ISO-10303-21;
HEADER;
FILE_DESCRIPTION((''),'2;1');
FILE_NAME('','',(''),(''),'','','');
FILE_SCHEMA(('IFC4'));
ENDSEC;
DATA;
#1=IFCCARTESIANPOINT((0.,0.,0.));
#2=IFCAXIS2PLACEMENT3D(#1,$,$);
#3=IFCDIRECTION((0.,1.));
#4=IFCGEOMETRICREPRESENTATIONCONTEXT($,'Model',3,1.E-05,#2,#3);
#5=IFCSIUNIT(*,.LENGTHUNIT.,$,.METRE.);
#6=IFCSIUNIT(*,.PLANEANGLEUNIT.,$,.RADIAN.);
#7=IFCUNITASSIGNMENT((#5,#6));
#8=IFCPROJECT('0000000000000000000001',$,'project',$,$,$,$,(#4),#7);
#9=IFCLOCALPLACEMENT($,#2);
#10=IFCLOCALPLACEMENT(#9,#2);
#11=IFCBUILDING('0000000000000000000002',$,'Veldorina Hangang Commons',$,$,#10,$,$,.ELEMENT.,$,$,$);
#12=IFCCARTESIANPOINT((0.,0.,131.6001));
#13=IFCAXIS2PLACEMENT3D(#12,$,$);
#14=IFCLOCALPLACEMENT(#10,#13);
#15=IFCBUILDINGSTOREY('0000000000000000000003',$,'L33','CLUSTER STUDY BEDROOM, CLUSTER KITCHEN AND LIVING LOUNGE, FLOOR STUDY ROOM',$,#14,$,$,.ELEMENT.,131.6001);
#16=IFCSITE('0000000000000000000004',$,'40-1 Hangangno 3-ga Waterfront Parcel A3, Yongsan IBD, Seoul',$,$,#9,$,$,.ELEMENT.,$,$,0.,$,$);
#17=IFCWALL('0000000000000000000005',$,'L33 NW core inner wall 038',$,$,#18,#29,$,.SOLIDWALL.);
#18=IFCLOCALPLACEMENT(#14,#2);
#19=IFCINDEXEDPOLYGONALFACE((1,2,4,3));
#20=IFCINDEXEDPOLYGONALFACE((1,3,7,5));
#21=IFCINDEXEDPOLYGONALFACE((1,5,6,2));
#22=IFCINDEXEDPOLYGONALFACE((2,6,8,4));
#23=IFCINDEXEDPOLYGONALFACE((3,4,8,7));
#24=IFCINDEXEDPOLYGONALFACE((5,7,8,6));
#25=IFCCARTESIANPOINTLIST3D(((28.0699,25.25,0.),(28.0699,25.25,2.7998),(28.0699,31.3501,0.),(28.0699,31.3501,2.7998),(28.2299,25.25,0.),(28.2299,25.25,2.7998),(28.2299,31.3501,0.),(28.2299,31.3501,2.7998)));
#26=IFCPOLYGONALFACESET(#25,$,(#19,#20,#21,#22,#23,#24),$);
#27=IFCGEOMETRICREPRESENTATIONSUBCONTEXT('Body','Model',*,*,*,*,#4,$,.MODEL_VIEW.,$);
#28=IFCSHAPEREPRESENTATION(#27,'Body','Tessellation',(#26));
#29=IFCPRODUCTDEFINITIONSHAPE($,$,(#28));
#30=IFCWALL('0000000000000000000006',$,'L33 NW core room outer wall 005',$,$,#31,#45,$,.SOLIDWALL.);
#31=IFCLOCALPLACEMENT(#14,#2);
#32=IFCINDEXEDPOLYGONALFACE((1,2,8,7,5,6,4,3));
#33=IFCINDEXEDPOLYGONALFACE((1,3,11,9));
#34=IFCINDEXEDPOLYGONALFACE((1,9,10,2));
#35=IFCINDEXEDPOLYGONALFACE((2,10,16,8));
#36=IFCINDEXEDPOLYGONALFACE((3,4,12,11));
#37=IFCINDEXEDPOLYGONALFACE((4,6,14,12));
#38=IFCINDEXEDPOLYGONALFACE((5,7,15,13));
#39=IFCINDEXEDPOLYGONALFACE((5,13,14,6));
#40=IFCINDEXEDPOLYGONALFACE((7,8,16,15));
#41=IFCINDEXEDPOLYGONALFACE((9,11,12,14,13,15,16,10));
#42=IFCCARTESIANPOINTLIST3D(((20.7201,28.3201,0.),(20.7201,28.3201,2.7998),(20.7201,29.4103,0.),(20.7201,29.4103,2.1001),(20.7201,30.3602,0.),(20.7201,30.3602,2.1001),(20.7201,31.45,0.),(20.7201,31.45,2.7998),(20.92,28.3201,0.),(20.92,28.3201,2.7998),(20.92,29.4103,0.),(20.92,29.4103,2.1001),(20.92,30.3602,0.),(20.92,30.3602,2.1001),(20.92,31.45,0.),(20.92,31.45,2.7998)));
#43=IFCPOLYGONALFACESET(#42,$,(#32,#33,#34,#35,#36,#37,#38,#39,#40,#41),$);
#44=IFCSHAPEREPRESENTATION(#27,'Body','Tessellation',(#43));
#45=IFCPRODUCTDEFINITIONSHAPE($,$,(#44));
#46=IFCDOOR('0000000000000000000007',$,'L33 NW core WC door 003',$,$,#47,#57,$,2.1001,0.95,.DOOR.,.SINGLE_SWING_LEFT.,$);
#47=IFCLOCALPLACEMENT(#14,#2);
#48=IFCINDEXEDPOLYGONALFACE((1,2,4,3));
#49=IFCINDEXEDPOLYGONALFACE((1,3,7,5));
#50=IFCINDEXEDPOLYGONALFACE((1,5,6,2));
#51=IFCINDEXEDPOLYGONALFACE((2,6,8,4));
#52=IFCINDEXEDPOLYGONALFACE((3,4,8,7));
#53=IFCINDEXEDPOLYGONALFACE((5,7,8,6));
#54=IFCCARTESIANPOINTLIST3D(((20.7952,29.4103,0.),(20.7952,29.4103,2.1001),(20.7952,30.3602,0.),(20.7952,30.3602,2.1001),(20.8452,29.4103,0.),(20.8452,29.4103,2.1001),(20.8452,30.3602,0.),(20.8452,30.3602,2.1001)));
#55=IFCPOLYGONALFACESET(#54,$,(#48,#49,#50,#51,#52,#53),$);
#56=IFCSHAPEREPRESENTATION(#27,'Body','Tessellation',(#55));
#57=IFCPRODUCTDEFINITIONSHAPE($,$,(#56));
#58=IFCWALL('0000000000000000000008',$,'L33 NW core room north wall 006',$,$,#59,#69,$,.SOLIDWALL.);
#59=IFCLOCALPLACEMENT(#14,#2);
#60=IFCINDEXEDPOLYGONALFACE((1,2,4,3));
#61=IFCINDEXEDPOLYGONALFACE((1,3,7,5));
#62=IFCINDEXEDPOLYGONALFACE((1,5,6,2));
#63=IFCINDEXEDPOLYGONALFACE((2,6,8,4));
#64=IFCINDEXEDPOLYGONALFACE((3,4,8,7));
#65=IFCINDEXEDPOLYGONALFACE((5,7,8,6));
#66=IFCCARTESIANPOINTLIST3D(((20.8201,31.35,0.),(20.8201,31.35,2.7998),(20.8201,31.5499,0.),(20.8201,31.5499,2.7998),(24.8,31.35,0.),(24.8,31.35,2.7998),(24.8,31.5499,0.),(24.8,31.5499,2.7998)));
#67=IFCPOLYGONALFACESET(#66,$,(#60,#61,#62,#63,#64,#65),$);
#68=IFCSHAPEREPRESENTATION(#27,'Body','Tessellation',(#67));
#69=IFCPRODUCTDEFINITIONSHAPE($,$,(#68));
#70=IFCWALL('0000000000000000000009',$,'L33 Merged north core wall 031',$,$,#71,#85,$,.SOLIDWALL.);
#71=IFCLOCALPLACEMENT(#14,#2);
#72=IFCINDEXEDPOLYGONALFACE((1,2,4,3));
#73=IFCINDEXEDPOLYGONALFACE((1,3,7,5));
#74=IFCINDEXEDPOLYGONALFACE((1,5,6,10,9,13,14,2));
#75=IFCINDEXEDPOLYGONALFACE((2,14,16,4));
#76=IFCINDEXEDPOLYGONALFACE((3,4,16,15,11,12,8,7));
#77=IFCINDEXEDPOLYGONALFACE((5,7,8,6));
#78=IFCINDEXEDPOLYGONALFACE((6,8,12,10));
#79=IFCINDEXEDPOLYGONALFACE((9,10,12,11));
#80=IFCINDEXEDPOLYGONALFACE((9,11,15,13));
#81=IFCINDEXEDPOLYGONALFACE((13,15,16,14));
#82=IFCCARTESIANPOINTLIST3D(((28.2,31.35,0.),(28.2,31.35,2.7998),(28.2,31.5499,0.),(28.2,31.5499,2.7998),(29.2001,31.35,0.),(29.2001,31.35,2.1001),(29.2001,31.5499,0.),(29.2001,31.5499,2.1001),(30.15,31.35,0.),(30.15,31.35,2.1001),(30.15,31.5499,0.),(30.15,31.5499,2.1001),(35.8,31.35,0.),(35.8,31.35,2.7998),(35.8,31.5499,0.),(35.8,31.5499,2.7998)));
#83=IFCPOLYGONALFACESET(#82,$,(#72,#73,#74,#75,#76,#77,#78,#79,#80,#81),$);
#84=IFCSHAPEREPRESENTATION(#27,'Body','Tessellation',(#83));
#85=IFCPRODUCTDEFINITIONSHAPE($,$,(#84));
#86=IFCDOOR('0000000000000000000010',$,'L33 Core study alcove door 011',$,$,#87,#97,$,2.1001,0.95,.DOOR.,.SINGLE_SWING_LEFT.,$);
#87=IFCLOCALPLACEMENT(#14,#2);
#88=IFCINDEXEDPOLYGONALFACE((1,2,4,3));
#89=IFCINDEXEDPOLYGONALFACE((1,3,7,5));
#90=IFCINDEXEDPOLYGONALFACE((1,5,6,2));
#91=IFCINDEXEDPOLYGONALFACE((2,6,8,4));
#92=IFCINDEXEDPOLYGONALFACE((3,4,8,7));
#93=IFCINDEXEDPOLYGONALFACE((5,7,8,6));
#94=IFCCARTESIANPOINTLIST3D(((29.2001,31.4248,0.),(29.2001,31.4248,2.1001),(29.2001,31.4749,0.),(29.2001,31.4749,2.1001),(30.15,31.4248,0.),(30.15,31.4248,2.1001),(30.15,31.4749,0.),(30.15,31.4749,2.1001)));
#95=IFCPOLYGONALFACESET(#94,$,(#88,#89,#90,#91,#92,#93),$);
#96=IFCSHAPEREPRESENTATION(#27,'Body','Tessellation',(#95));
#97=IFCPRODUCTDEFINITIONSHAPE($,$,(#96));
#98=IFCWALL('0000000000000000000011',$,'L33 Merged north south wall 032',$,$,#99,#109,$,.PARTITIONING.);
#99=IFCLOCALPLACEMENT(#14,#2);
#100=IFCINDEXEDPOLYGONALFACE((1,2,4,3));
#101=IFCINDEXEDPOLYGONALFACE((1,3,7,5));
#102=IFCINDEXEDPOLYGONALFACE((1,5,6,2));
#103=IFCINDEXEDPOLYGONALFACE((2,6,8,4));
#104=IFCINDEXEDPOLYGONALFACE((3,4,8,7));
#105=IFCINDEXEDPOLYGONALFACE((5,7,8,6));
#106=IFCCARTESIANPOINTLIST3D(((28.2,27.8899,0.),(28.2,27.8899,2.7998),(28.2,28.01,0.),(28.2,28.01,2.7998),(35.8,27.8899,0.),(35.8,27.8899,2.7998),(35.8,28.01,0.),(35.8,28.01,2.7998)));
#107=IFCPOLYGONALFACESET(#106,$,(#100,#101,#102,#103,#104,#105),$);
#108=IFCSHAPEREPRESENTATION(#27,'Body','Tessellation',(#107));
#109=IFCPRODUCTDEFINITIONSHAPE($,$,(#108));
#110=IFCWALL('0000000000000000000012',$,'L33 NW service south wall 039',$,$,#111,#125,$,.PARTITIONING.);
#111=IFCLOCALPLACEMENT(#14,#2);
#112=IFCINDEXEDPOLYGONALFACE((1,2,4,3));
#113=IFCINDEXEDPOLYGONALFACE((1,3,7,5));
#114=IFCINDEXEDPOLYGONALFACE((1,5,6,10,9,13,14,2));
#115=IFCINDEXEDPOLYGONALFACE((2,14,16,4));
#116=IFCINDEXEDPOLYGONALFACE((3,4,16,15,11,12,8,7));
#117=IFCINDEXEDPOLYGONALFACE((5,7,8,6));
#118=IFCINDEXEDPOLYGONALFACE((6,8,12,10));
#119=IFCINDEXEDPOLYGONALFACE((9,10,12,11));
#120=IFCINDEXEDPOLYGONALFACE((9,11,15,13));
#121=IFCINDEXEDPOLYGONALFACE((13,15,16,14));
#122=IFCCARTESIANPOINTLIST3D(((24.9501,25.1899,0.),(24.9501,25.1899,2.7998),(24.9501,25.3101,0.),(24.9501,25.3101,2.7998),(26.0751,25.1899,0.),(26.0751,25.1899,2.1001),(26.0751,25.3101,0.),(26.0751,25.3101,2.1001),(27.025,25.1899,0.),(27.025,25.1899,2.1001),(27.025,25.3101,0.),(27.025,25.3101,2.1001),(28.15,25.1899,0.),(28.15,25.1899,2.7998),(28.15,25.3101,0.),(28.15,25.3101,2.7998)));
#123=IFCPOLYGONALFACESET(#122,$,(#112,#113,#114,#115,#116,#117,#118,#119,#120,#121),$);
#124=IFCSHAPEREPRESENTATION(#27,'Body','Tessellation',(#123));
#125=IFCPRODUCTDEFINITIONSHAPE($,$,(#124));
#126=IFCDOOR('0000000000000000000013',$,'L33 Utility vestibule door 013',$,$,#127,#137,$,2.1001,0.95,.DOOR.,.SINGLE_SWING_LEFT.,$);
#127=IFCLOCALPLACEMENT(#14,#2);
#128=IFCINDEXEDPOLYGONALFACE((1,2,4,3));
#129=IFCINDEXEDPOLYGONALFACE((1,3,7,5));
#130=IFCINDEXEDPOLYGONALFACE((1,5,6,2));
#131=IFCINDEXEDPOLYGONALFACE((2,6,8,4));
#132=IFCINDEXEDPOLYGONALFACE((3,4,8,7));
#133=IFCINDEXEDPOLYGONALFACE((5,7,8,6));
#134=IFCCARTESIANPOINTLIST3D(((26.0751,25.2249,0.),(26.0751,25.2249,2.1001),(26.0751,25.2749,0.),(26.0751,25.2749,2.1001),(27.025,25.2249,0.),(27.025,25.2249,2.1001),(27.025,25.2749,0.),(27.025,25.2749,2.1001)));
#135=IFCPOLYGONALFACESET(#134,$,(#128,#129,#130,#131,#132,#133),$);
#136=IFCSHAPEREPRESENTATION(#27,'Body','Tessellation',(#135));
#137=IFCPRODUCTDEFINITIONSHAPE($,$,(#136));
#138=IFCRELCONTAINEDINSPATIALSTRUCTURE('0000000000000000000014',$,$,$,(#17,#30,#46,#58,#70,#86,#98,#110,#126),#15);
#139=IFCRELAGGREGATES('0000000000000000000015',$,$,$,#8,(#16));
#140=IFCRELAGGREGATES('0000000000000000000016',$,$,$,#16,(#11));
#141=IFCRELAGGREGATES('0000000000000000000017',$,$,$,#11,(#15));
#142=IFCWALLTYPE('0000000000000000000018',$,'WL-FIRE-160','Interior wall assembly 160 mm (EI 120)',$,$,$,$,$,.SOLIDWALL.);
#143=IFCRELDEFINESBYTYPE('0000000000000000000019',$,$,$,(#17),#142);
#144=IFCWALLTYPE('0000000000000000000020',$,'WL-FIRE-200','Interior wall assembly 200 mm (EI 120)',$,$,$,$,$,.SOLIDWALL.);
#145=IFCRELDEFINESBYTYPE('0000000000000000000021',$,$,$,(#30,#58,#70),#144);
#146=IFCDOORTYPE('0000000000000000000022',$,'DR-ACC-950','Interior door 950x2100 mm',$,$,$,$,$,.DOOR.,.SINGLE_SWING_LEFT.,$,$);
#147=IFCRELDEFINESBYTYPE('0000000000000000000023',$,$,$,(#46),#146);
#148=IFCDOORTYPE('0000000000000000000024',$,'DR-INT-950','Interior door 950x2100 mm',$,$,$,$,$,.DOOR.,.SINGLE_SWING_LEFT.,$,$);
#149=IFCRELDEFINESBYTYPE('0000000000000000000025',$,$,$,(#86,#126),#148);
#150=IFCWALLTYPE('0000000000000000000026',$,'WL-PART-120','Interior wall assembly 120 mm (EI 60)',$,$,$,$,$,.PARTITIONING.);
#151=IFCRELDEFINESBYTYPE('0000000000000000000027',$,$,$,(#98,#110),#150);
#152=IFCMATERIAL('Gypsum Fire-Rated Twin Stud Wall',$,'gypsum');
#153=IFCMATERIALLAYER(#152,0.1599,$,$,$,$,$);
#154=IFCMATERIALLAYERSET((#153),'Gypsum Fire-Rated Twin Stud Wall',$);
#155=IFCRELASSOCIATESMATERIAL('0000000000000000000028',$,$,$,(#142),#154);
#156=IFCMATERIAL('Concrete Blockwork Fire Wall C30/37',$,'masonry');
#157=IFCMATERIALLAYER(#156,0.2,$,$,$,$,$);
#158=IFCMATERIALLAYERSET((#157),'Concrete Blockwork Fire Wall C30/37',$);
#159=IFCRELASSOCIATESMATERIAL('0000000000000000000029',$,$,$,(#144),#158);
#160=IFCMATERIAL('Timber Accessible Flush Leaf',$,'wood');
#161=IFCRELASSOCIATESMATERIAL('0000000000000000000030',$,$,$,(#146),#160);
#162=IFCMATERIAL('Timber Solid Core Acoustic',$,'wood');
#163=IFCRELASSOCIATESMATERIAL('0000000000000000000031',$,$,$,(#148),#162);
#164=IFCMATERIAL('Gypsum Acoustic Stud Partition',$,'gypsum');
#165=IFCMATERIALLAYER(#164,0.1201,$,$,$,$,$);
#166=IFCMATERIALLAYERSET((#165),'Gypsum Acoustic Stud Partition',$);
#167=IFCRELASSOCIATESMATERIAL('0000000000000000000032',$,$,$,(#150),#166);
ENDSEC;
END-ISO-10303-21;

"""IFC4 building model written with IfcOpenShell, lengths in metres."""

from ifc_helpers import new_model, si_unit, direction, frame, frame_2d, origin, place, context, subcontext, project, spatial, rectangle, extrude, material, layer, layer_set, type_object, element, fill, save


model = new_model("IFC4")

# Units and contexts
model_context = context("Model", 3, precision=1e-05, world=origin(), true_north=direction((0.0, 1.0)))
body_context = subcontext(model_context, "Body", "Model", "MODEL_VIEW")
ifc_project = project(units=[si_unit("LENGTHUNIT", "METRE"), si_unit("PLANEANGLEUNIT", "RADIAN")], contexts=[model_context])

# Site, building, storey
site_placement = place(None, origin())
site = spatial("IfcSite", under=ifc_project, at=site_placement, Name="40-1 Hangangno 3-ga Waterfront Parcel A3, Yongsan IBD, Seoul", CompositionType="ELEMENT", RefElevation=0.0)
building_placement = place(site_placement, origin())
building = spatial("IfcBuilding", under=site, at=building_placement, Name="Veldorina Hangang Commons", CompositionType="ELEMENT")
storey_placement = place(building_placement, frame((0.0, 0.0, 131.6001)))
storey = spatial("IfcBuildingStorey", under=building, at=storey_placement, Name="L33", Description="CLUSTER STUDY BEDROOM, CLUSTER KITCHEN AND LIVING LOUNGE, FLOOR STUDY ROOM", CompositionType="ELEMENT", Elevation=131.6001)

# Shared definitions
ifc_material_1 = material(Name="Gypsum Fire-Rated Twin Stud Wall", Category="gypsum")
ifc_layer_1 = layer(ifc_material_1, 0.1599)
ifc_layer_set_1 = layer_set([ifc_layer_1], Name="Gypsum Fire-Rated Twin Stud Wall")
wall_type_1 = type_object("IfcWallType", Name="WL-FIRE-160", Description="Interior wall assembly 160 mm (EI 120)", PredefinedType="SOLIDWALL", material=ifc_layer_set_1)

# Wall
wall_1_placement = place(storey_placement, frame((28.1499, 25.25, 0.0), z_axis=(0.0, 0.0, 1.0), x_axis=(0.0, 1.0, 0.0)))
element("IfcWall", 1, at=wall_1_placement, inside=storey, type_object=wall_type_1, Name="L33 NW core inner wall 038", PredefinedType="SOLIDWALL", context=body_context, shape_type="SweptSolid", body=[
    extrude(rectangle(XDim=6.1001, YDim=0.1599, at=frame_2d((3.05, 0.0))), origin(), (0.0, 0.0, 1.0), 2.7998),
])

# Wall, opening, door
ifc_material_2 = material(Name="Concrete Blockwork Fire Wall C30/37", Category="masonry")
ifc_layer_2 = layer(ifc_material_2, 0.2)
ifc_layer_set_2 = layer_set([ifc_layer_2], Name="Concrete Blockwork Fire Wall C30/37")
wall_type_2 = type_object("IfcWallType", Name="WL-FIRE-200", Description="Interior wall assembly 200 mm (EI 120)", PredefinedType="SOLIDWALL", material=ifc_layer_set_2)
wall_2_placement = place(storey_placement, frame((20.8201, 28.3201, 0.0), z_axis=(0.0, 0.0, 1.0), x_axis=(0.0, 1.0, 0.0)))
wall_2 = element("IfcWall", 2, at=wall_2_placement, inside=storey, type_object=wall_type_2, Name="L33 NW core room outer wall 005", PredefinedType="SOLIDWALL", context=body_context, shape_type="SweptSolid", body=[
    extrude(rectangle(XDim=3.1299, YDim=0.2, at=frame_2d((1.5649, 0.0))), origin(), (0.0, 0.0, 1.0), 2.7998),
])
opening_1_placement = place(wall_2_placement, frame((1.0901, 0.0, 0.0)))
opening_1 = element("IfcOpeningElement", 3, at=opening_1_placement, cuts=wall_2, PredefinedType="OPENING", context=body_context, shape_type="SweptSolid", body=[
    extrude(rectangle(XDim=0.95, YDim=2.1001, at=frame_2d((0.4751, 1.05))), frame((0.0, 0.1099, 0.0), z_axis=(0.0, -1.0, 0.0), x_axis=(1.0, 0.0, 0.0)), (0.0, 0.0, 1.0), 0.22),
])
ifc_material_3 = material(Name="Timber Accessible Flush Leaf", Category="wood")
door_type_1 = type_object("IfcDoorType", Name="DR-ACC-950", Description="Interior door 950x2100 mm", OperationType="SINGLE_SWING_LEFT", PredefinedType="DOOR", material=ifc_material_3)
door_1_placement = place(opening_1_placement, origin())
door_1 = element("IfcDoor", 4, at=door_1_placement, inside=storey, type_object=door_type_1, Name="L33 NW core WC door 003", OperationType="SINGLE_SWING_LEFT", OverallHeight=2.1001, OverallWidth=0.95, PredefinedType="DOOR", context=body_context, shape_type="SweptSolid", body=[
    extrude(rectangle(XDim=0.95, YDim=2.1001, at=frame_2d((0.4751, 1.05))), frame((0.0, 0.0249, 0.0), z_axis=(0.0, -1.0, 0.0), x_axis=(1.0, 0.0, 0.0)), (0.0, 0.0, 1.0), 0.05),
])
fill(opening_1, door_1)

# Wall
wall_3_placement = place(storey_placement, frame((20.8201, 31.45, 0.0), z_axis=(0.0, 0.0, 1.0), x_axis=(1.0, 0.0, 0.0)))
element("IfcWall", 5, at=wall_3_placement, inside=storey, type_object=wall_type_2, Name="L33 NW core room north wall 006", PredefinedType="SOLIDWALL", context=body_context, shape_type="SweptSolid", body=[
    extrude(rectangle(XDim=3.98, YDim=0.2, at=frame_2d((1.99, 0.0))), origin(), (0.0, 0.0, 1.0), 2.7998),
])

# Wall, opening, door
wall_4_placement = place(storey_placement, frame((28.2, 31.45, 0.0), z_axis=(0.0, 0.0, 1.0), x_axis=(1.0, 0.0, 0.0)))
wall_4 = element("IfcWall", 6, at=wall_4_placement, inside=storey, type_object=wall_type_2, Name="L33 Merged north core wall 031", PredefinedType="SOLIDWALL", context=body_context, shape_type="SweptSolid", body=[
    extrude(rectangle(XDim=7.6001, YDim=0.2, at=frame_2d((3.8, 0.0))), origin(), (0.0, 0.0, 1.0), 2.7998),
])
opening_2_placement = place(wall_4_placement, frame((1.0, 0.0, 0.0)))
opening_2 = element("IfcOpeningElement", 7, at=opening_2_placement, cuts=wall_4, PredefinedType="OPENING", context=body_context, shape_type="SweptSolid", body=[
    extrude(rectangle(XDim=0.95, YDim=2.1001, at=frame_2d((0.4751, 1.05))), frame((0.0, 0.1099, 0.0), z_axis=(0.0, -1.0, 0.0), x_axis=(1.0, 0.0, 0.0)), (0.0, 0.0, 1.0), 0.22),
])
ifc_material_4 = material(Name="Timber Solid Core Acoustic", Category="wood")
door_type_2 = type_object("IfcDoorType", Name="DR-INT-950", Description="Interior door 950x2100 mm", OperationType="SINGLE_SWING_LEFT", PredefinedType="DOOR", material=ifc_material_4)
door_2_placement = place(opening_2_placement, origin())
door_2 = element("IfcDoor", 8, at=door_2_placement, inside=storey, type_object=door_type_2, Name="L33 Core study alcove door 011", OperationType="SINGLE_SWING_LEFT", OverallHeight=2.1001, OverallWidth=0.95, PredefinedType="DOOR", context=body_context, shape_type="SweptSolid", body=[
    extrude(rectangle(XDim=0.95, YDim=2.1001, at=frame_2d((0.4751, 1.05))), frame((0.0, 0.0249, 0.0), z_axis=(0.0, -1.0, 0.0), x_axis=(1.0, 0.0, 0.0)), (0.0, 0.0, 1.0), 0.05),
])
fill(opening_2, door_2)

# Wall
ifc_material_5 = material(Name="Gypsum Acoustic Stud Partition", Category="gypsum")
ifc_layer_3 = layer(ifc_material_5, 0.1201)
ifc_layer_set_3 = layer_set([ifc_layer_3], Name="Gypsum Acoustic Stud Partition")
wall_type_3 = type_object("IfcWallType", Name="WL-PART-120", Description="Interior wall assembly 120 mm (EI 60)", PredefinedType="PARTITIONING", material=ifc_layer_set_3)
wall_5_placement = place(storey_placement, frame((28.2, 27.95, 0.0), z_axis=(0.0, 0.0, 1.0), x_axis=(1.0, 0.0, 0.0)))
element("IfcWall", 9, at=wall_5_placement, inside=storey, type_object=wall_type_3, Name="L33 Merged north south wall 032", PredefinedType="PARTITIONING", context=body_context, shape_type="SweptSolid", body=[
    extrude(rectangle(XDim=7.6001, YDim=0.1201, at=frame_2d((3.8, 0.0))), origin(), (0.0, 0.0, 1.0), 2.7998),
])

# Wall, opening, door
wall_6_placement = place(storey_placement, frame((24.95, 25.25, 0.0), z_axis=(0.0, 0.0, 1.0), x_axis=(1.0, 0.0, 0.0)))
wall_6 = element("IfcWall", 10, at=wall_6_placement, inside=storey, type_object=wall_type_3, Name="L33 NW service south wall 039", PredefinedType="PARTITIONING", context=body_context, shape_type="SweptSolid", body=[
    extrude(rectangle(XDim=3.2, YDim=0.1201, at=frame_2d((1.6001, 0.0))), origin(), (0.0, 0.0, 1.0), 2.7998),
])
opening_3_placement = place(wall_6_placement, frame((1.125, 0.0, 0.0)))
opening_3 = element("IfcOpeningElement", 11, at=opening_3_placement, cuts=wall_6, PredefinedType="OPENING", context=body_context, shape_type="SweptSolid", body=[
    extrude(rectangle(XDim=0.95, YDim=2.1001, at=frame_2d((0.4751, 1.05))), frame((0.0, 0.0701, 0.0), z_axis=(0.0, -1.0, 0.0), x_axis=(1.0, 0.0, 0.0)), (0.0, 0.0, 1.0), 0.1401),
])
door_3_placement = place(opening_3_placement, origin())
door_3 = element("IfcDoor", 12, at=door_3_placement, inside=storey, type_object=door_type_2, Name="L33 Utility vestibule door 013", OperationType="SINGLE_SWING_LEFT", OverallHeight=2.1001, OverallWidth=0.95, PredefinedType="DOOR", context=body_context, shape_type="SweptSolid", body=[
    extrude(rectangle(XDim=0.95, YDim=2.1001, at=frame_2d((0.4751, 1.05))), frame((0.0, 0.0249, 0.0), z_axis=(0.0, -1.0, 0.0), x_axis=(1.0, 0.0, 0.0)), (0.0, 0.0, 1.0), 0.05),
])
fill(opening_3, door_3)

save(model, "model.ifc")
